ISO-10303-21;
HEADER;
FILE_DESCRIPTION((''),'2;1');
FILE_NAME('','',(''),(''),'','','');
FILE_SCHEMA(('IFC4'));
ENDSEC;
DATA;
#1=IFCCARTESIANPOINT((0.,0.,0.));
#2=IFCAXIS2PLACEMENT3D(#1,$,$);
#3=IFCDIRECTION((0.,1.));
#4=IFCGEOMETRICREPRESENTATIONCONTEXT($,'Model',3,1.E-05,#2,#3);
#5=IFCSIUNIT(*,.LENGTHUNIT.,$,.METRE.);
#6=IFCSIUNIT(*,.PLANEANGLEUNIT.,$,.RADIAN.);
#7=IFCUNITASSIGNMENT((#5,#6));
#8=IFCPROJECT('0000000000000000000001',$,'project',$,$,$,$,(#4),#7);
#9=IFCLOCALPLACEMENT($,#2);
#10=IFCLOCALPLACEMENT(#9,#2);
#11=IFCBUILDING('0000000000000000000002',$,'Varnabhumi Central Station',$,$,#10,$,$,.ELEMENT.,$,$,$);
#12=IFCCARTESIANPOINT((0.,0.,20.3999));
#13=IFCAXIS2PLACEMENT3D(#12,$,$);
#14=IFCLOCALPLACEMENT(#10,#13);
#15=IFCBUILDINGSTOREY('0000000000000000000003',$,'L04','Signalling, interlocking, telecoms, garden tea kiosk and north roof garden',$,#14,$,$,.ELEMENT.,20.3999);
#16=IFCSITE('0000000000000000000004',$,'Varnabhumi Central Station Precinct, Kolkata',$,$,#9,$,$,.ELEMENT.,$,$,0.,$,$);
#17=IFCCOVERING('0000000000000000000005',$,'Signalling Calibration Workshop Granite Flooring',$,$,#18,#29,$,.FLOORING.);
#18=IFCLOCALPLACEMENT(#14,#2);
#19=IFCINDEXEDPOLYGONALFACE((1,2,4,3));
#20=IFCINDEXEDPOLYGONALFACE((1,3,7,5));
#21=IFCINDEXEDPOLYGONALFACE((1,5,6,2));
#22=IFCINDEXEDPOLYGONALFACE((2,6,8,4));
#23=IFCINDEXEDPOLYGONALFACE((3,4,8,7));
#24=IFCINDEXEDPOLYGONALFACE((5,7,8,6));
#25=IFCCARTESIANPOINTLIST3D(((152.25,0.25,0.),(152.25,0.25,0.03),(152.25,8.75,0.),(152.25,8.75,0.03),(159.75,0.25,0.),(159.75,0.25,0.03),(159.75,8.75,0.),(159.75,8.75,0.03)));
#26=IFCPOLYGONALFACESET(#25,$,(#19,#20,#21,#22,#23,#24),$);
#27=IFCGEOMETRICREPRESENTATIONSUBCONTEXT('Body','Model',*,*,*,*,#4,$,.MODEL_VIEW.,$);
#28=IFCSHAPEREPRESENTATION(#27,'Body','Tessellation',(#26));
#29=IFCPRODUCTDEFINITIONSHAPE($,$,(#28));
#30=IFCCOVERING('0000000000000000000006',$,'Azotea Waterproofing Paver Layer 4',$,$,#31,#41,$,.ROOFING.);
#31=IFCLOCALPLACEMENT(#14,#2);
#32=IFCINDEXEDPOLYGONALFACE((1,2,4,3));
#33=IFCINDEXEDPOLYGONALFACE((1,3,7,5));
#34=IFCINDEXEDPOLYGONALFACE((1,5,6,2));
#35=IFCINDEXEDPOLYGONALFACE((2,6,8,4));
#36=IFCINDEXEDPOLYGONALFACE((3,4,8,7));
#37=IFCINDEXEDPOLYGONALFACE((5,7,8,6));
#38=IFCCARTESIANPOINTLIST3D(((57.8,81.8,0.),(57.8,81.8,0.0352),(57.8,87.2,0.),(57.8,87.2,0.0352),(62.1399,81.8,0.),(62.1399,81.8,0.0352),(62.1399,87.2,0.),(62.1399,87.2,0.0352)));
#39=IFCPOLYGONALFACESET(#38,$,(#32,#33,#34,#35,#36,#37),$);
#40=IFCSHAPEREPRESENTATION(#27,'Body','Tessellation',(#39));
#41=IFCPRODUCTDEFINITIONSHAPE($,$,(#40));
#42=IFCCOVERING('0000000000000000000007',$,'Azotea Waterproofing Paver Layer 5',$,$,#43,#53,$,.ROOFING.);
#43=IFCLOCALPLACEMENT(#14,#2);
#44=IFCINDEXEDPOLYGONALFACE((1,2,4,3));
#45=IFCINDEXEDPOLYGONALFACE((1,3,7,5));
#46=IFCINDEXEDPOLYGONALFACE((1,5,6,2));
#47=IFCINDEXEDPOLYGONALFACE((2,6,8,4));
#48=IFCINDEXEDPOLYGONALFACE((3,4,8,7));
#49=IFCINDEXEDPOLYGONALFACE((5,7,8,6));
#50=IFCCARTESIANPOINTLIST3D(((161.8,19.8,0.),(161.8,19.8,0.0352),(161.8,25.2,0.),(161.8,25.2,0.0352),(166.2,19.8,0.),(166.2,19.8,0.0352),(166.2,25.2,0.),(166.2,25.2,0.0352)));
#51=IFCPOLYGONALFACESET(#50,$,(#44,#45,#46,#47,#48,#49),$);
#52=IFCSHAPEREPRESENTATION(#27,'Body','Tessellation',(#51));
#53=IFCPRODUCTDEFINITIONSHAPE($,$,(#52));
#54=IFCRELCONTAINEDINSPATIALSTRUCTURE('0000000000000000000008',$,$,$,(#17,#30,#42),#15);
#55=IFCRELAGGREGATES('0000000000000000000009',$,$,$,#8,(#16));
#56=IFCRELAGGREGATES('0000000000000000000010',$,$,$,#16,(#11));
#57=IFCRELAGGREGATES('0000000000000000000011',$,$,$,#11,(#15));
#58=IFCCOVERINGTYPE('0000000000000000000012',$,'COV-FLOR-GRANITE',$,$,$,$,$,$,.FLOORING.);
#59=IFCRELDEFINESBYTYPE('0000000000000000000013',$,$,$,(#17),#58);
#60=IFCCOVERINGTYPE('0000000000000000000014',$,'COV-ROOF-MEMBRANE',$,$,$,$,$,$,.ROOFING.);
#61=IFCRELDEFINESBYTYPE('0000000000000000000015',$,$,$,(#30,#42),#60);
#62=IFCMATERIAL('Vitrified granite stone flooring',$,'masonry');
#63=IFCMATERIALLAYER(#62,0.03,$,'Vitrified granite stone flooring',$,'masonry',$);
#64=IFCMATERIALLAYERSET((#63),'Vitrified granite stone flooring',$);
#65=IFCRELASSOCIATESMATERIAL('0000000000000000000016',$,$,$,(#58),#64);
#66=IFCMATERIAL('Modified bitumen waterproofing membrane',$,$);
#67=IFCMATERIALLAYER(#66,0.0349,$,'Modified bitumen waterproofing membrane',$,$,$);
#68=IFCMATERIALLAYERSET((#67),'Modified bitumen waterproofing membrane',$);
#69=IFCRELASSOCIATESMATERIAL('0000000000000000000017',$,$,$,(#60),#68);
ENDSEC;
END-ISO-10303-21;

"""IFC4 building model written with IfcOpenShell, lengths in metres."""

from ifc_helpers import new_model, si_unit, direction, frame, origin, place, context, subcontext, project, spatial, polyline, outline, extrude, material, layer, layer_set, type_object, element, save


model = new_model("IFC4")

# Units and contexts
model_context = context("Model", 3, precision=1e-05, world=origin(), true_north=direction((0.0, 1.0)))
body_context = subcontext(model_context, "Body", "Model", "MODEL_VIEW")
ifc_project = project(units=[si_unit("LENGTHUNIT", "METRE"), si_unit("PLANEANGLEUNIT", "RADIAN")], contexts=[model_context])

# Site, building, storey
site_placement = place(None, origin())
site = spatial("IfcSite", under=ifc_project, at=site_placement, Name="Varnabhumi Central Station Precinct, Kolkata", CompositionType="ELEMENT", RefElevation=0.0)
building_placement = place(site_placement, origin())
building = spatial("IfcBuilding", under=site, at=building_placement, Name="Varnabhumi Central Station", CompositionType="ELEMENT")
storey_placement = place(building_placement, frame((0.0, 0.0, 20.3999)))
storey = spatial("IfcBuildingStorey", under=building, at=storey_placement, Name="L04", Description="Signalling, interlocking, telecoms, garden tea kiosk and north roof garden", CompositionType="ELEMENT", Elevation=20.3999)

# Coverings
ifc_material_1 = material(Name="Vitrified granite stone flooring", Category="masonry")
ifc_layer_1 = layer(ifc_material_1, 0.03, Name="Vitrified granite stone flooring", Category="masonry")
ifc_layer_set_1 = layer_set([ifc_layer_1], Name="Vitrified granite stone flooring")
covering_type_1 = type_object("IfcCoveringType", Name="COV-FLOR-GRANITE", PredefinedType="FLOORING", material=ifc_layer_set_1)
covering_1_placement = place(storey_placement, origin())
element("IfcCovering", 1, at=covering_1_placement, inside=storey, type_object=covering_type_1, Name="Signalling Calibration Workshop Granite Flooring", PredefinedType="FLOORING", context=body_context, shape_type="SweptSolid", body=[
    extrude(outline(polyline([(152.25, 0.25), (159.75, 0.25), (159.75, 8.75), (152.25, 8.75), (152.25, 0.25)])), origin(), (0.0, 0.0, 1.0), 0.03),
])
ifc_material_2 = material(Name="Modified bitumen waterproofing membrane")
ifc_layer_2 = layer(ifc_material_2, 0.0349, Name="Modified bitumen waterproofing membrane")
ifc_layer_set_2 = layer_set([ifc_layer_2], Name="Modified bitumen waterproofing membrane")
covering_type_2 = type_object("IfcCoveringType", Name="COV-ROOF-MEMBRANE", PredefinedType="ROOFING", material=ifc_layer_set_2)
covering_2_placement = place(storey_placement, origin())
element("IfcCovering", 2, at=covering_2_placement, inside=storey, type_object=covering_type_2, Name="Azotea Waterproofing Paver Layer 4", PredefinedType="ROOFING", context=body_context, shape_type="SweptSolid", body=[
    extrude(outline(polyline([(57.8, 81.8), (62.1399, 81.8), (62.1399, 87.2), (57.8, 87.2), (57.8, 81.8)])), origin(), (0.0, 0.0, 1.0), 0.0352),
])
covering_3_placement = place(storey_placement, origin())
element("IfcCovering", 3, at=covering_3_placement, inside=storey, type_object=covering_type_2, Name="Azotea Waterproofing Paver Layer 5", PredefinedType="ROOFING", context=body_context, shape_type="SweptSolid", body=[
    extrude(outline(polyline([(161.8, 19.8), (166.2, 19.8), (166.2, 25.2), (161.8, 25.2), (161.8, 19.8)])), origin(), (0.0, 0.0, 1.0), 0.0352),
])

save(model, "model.ifc")
